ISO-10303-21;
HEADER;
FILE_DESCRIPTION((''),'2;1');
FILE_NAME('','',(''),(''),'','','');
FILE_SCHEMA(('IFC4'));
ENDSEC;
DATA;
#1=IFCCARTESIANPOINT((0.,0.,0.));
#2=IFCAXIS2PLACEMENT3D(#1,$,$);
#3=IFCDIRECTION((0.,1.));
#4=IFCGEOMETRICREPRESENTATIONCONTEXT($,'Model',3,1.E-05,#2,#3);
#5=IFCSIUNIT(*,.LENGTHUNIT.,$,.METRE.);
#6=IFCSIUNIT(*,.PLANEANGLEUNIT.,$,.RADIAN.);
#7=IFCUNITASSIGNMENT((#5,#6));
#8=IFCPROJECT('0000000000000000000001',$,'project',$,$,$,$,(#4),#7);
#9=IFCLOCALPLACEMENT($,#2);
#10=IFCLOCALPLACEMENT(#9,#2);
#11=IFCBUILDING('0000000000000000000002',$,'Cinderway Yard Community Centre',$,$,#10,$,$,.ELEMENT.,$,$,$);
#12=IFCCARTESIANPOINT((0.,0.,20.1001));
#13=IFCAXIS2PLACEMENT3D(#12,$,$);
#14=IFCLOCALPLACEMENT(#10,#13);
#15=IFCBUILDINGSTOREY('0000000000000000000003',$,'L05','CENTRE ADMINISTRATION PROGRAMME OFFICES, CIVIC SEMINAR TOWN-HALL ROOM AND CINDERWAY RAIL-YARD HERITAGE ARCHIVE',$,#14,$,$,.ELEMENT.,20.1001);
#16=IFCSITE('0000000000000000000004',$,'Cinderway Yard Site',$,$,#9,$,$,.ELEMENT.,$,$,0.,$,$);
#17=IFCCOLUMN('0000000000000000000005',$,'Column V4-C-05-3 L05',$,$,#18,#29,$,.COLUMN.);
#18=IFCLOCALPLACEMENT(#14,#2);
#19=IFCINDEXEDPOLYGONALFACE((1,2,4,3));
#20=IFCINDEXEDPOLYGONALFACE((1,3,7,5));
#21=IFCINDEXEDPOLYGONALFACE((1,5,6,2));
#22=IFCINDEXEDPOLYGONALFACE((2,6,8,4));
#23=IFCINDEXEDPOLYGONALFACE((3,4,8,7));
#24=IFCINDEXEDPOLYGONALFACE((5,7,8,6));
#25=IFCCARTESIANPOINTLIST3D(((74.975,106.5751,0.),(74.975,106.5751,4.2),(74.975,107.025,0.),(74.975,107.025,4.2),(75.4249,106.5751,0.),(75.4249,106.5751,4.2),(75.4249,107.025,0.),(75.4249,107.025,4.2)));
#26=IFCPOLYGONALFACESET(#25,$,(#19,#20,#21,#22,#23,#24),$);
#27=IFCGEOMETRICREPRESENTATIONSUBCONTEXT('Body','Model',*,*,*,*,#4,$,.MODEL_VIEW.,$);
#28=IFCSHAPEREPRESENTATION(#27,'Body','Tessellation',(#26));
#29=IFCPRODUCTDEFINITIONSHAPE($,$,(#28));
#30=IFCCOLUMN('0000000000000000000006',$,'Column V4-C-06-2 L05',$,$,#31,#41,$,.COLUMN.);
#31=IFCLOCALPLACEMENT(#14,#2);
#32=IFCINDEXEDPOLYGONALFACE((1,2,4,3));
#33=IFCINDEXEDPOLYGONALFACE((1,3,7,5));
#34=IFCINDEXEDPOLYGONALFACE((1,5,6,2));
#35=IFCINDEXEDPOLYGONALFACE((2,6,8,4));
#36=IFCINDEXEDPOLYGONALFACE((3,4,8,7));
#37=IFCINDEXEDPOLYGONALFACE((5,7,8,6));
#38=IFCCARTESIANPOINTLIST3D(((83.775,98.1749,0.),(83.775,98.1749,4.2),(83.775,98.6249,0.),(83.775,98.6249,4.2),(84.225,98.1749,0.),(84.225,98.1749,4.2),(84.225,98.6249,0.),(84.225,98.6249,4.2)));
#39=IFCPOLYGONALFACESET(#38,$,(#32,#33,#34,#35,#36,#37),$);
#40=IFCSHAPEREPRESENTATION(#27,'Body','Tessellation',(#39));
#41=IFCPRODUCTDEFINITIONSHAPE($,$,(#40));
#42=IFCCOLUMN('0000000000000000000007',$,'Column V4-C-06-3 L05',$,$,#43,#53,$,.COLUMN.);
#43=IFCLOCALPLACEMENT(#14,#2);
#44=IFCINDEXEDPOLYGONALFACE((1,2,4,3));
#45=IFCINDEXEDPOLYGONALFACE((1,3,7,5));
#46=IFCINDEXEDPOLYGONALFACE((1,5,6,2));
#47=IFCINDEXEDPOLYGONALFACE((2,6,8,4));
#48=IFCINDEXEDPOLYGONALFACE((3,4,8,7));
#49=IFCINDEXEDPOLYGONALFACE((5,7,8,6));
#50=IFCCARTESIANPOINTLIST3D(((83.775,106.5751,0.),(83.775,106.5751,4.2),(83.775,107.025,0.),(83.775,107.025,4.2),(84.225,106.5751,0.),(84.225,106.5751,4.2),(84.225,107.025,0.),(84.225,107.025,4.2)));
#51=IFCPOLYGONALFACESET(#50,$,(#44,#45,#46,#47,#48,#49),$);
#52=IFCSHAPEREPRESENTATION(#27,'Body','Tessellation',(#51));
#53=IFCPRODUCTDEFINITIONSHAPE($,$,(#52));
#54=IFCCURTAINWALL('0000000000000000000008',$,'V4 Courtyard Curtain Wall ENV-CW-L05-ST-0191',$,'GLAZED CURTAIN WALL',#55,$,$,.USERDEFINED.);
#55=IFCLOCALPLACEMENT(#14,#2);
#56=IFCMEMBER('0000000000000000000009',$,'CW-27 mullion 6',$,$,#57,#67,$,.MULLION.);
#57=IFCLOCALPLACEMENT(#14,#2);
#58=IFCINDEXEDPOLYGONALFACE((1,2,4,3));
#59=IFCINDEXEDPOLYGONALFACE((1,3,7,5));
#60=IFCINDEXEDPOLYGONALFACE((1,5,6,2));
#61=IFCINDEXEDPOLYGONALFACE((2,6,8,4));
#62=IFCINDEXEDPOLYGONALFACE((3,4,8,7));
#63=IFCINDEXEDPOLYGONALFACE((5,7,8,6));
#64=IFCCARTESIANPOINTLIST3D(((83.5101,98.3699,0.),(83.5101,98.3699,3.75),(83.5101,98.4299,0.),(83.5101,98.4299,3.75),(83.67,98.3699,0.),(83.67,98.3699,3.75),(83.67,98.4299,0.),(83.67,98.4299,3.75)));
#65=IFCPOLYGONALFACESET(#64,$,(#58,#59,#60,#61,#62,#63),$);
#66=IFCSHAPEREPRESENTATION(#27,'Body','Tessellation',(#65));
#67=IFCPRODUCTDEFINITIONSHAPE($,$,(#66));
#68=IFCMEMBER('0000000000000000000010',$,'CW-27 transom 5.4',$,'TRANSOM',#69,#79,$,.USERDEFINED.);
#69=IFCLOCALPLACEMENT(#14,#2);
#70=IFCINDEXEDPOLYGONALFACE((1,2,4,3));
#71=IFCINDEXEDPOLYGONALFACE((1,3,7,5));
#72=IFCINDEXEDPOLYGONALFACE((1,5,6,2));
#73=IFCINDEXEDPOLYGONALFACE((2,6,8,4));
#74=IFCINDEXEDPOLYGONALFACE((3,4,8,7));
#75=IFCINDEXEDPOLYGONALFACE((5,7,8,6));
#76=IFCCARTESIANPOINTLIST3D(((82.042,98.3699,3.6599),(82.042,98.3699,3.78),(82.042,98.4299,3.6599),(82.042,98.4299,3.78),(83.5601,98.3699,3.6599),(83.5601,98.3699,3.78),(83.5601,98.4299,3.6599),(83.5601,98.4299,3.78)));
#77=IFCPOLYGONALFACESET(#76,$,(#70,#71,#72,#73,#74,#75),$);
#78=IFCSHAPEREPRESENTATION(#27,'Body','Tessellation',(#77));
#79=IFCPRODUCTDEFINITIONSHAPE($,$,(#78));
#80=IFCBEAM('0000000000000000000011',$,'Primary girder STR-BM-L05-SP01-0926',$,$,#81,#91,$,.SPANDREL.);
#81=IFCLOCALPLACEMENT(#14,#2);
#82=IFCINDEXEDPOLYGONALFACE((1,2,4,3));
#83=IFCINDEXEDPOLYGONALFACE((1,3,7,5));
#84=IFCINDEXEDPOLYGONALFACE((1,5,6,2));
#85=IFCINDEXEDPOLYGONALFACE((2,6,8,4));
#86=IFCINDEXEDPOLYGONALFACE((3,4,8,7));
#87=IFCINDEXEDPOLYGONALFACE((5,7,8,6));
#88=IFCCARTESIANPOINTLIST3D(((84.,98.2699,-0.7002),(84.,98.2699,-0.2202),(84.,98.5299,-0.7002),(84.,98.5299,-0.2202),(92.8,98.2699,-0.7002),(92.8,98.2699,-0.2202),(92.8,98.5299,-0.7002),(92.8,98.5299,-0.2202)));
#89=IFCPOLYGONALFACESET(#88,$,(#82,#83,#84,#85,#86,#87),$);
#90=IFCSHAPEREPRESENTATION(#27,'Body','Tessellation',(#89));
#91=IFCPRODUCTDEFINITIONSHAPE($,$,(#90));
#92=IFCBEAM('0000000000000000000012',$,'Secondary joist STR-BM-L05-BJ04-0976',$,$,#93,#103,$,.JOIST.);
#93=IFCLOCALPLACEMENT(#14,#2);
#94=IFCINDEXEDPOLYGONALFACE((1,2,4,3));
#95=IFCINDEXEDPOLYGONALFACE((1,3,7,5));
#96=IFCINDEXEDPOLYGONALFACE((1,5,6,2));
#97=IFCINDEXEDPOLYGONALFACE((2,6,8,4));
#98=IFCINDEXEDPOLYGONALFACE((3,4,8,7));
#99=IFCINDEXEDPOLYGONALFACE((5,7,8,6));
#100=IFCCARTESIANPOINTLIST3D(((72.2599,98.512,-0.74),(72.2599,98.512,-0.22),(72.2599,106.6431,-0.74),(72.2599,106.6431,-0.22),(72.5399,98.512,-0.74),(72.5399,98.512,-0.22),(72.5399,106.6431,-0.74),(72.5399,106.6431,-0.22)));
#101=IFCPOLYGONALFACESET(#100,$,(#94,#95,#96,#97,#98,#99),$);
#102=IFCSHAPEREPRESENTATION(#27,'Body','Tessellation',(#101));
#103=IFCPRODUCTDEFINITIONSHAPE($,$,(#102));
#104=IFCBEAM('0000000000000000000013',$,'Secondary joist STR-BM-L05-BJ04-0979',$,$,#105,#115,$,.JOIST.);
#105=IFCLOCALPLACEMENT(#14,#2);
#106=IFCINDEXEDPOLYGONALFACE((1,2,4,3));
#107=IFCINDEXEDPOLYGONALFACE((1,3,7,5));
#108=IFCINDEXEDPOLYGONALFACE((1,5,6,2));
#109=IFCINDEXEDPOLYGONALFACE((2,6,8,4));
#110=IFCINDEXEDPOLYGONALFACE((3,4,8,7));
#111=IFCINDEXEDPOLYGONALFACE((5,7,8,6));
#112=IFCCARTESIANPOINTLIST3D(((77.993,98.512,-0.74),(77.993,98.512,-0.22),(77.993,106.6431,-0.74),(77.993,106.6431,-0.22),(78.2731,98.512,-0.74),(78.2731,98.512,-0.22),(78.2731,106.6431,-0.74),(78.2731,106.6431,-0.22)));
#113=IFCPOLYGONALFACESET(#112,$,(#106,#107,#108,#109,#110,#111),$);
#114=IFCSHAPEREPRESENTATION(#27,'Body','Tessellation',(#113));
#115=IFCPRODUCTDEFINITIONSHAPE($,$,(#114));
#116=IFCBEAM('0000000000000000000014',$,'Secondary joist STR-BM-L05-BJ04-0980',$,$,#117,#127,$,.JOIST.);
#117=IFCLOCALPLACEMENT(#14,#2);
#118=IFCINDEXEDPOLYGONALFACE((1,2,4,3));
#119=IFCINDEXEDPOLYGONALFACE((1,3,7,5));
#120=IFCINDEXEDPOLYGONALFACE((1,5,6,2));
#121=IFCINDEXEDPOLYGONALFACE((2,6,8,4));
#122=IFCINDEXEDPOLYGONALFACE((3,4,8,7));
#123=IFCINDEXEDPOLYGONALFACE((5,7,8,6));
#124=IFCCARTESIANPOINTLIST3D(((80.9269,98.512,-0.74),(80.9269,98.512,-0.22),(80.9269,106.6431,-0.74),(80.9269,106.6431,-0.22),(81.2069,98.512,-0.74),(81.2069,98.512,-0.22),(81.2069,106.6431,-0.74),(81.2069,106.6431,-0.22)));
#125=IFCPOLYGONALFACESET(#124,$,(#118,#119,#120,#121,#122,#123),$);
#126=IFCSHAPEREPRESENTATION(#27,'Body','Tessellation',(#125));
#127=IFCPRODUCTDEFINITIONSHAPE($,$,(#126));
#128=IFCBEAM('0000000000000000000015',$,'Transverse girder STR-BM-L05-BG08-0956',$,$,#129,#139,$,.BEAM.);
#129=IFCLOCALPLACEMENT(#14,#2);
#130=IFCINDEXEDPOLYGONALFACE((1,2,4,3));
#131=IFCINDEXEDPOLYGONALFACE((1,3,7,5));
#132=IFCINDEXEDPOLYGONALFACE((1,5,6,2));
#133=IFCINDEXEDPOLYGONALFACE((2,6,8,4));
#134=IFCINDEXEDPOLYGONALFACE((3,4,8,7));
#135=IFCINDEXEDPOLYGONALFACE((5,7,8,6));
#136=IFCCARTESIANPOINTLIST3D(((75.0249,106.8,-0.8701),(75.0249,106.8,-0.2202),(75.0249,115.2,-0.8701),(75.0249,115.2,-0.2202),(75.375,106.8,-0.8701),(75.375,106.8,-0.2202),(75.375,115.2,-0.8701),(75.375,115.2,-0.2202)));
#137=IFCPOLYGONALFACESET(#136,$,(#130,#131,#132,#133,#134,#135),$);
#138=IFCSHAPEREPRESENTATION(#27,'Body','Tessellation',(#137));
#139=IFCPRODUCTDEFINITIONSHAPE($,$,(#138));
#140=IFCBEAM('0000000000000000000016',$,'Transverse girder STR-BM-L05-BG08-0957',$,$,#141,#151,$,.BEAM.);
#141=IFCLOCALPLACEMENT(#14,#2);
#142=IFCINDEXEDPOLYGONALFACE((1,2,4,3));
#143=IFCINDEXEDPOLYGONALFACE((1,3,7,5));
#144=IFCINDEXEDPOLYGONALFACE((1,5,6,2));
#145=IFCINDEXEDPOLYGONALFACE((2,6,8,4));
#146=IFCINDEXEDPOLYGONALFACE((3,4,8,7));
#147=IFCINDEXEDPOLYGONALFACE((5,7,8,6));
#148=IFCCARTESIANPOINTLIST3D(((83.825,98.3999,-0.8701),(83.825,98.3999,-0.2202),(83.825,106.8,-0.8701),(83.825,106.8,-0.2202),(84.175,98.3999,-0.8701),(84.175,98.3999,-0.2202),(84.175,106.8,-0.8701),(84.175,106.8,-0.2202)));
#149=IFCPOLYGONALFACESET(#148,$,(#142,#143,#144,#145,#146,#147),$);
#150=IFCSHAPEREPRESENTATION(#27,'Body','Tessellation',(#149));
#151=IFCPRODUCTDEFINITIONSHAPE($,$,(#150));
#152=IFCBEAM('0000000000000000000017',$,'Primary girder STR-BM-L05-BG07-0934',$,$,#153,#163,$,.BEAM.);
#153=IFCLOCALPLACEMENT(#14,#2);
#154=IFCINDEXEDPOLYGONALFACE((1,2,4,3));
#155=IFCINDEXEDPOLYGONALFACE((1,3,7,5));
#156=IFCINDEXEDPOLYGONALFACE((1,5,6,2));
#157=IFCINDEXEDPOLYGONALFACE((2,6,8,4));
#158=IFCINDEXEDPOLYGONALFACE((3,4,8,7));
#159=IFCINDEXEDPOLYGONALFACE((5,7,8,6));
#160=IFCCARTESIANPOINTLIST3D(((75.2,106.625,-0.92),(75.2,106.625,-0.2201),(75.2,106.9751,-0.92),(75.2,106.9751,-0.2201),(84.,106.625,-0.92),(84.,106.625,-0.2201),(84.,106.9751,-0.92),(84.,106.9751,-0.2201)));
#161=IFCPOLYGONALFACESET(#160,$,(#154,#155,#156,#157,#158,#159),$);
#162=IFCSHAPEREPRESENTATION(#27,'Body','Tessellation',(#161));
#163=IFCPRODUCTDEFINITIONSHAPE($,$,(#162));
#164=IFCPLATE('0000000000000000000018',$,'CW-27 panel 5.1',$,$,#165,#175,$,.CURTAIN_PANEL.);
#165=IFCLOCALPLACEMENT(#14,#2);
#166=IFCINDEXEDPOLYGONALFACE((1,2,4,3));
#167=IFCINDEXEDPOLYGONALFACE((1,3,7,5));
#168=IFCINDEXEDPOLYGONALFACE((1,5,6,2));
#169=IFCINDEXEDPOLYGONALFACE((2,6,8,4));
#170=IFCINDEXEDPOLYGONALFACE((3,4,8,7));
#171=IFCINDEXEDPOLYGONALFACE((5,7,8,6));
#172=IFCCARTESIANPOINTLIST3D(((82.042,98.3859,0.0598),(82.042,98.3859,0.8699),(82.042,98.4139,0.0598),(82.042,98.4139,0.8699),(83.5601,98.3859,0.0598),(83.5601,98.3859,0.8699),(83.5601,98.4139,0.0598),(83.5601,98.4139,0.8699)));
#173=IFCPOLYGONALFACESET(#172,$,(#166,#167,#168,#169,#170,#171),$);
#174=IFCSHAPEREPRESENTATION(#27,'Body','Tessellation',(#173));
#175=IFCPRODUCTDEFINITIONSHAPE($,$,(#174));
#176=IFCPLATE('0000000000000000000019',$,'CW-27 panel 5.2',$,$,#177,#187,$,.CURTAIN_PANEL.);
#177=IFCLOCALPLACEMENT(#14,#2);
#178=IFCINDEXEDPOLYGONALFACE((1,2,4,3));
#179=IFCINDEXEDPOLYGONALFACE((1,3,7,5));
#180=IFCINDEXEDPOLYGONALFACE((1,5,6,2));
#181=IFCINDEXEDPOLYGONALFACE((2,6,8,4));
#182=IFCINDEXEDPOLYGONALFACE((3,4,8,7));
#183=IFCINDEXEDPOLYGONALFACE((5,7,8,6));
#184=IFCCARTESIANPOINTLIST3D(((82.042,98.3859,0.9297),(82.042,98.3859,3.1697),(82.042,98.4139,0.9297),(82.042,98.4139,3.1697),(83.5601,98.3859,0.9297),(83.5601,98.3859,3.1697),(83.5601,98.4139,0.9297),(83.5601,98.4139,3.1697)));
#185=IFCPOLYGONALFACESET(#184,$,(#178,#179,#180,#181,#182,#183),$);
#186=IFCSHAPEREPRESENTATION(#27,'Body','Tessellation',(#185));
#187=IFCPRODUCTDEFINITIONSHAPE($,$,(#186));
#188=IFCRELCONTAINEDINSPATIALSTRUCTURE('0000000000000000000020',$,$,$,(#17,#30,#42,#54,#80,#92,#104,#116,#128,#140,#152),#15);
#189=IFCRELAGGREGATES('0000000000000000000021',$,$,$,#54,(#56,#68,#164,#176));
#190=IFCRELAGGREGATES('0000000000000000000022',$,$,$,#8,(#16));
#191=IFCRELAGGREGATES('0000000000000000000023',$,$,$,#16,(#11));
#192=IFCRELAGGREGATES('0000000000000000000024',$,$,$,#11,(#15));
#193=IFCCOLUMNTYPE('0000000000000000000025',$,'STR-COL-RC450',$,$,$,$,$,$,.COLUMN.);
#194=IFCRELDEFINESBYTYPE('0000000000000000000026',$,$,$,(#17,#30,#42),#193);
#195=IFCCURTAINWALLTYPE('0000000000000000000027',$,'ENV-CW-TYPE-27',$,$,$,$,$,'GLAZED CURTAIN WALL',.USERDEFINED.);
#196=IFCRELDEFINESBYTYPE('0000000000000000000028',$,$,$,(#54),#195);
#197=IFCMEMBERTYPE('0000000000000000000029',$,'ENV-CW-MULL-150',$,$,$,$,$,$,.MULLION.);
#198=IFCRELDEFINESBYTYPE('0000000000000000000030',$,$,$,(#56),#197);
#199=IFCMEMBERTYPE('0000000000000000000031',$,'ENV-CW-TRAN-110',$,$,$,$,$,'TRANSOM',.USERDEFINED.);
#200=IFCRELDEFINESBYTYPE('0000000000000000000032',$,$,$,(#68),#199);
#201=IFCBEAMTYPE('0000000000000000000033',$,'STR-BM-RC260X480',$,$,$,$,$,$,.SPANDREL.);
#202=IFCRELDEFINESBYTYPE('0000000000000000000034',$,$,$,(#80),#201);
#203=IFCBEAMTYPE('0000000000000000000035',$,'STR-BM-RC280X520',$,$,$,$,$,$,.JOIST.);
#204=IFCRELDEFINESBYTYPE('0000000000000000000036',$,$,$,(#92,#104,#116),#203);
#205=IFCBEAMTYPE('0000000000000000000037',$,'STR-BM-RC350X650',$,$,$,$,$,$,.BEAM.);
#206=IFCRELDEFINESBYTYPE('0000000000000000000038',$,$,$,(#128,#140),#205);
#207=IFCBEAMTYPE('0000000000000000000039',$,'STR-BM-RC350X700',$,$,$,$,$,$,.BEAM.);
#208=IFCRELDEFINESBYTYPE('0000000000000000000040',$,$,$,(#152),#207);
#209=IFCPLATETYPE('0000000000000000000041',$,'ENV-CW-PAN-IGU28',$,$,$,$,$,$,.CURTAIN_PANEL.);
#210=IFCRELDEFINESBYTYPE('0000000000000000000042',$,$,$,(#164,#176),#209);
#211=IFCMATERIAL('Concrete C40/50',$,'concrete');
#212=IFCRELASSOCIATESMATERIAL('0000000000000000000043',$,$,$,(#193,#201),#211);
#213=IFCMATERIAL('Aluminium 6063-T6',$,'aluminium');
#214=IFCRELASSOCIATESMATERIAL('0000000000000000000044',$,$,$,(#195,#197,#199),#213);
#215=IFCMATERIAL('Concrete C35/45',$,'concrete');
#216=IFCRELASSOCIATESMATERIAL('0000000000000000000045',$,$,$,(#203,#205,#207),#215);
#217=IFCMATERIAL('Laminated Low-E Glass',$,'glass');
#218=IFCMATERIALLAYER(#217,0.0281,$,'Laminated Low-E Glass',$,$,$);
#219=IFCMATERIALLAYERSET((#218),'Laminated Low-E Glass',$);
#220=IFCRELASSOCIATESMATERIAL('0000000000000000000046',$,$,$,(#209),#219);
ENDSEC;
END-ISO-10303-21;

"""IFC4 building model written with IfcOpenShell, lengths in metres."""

from ifc_helpers import new_model, si_unit, direction, frame, origin, origin_2d, place, context, subcontext, project, spatial, rectangle, extrude, material, layer, layer_set, material_profile, profile_set, type_object, element, aggregate, save


model = new_model("IFC4")

# Units and contexts
model_context = context("Model", 3, precision=1e-05, world=origin(), true_north=direction((0.0, 1.0)))
body_context = subcontext(model_context, "Body", "Model", "MODEL_VIEW")
ifc_project = project(units=[si_unit("LENGTHUNIT", "METRE"), si_unit("PLANEANGLEUNIT", "RADIAN")], contexts=[model_context])

# Site, building, storey
site_placement = place(None, origin())
site = spatial("IfcSite", under=ifc_project, at=site_placement, Name="Cinderway Yard Site", CompositionType="ELEMENT", RefElevation=0.0)
building_placement = place(site_placement, origin())
building = spatial("IfcBuilding", under=site, at=building_placement, Name="Cinderway Yard Community Centre", CompositionType="ELEMENT")
storey_placement = place(building_placement, frame((0.0, 0.0, 20.1001)))
storey = spatial("IfcBuildingStorey", under=building, at=storey_placement, Name="L05", Description="CENTRE ADMINISTRATION PROGRAMME OFFICES, CIVIC SEMINAR TOWN-HALL ROOM AND CINDERWAY RAIL-YARD HERITAGE ARCHIVE", CompositionType="ELEMENT", Elevation=20.1001)

# Columns
ifc_material_1 = material(Name="Concrete C40/50", Category="concrete")
ifc_material_profile_1 = material_profile(ifc_material_1, rectangle(XDim=0.45, YDim=0.45, at=origin_2d()), Name="Concrete C40/50")
ifc_profile_set_1 = profile_set([ifc_material_profile_1], Name="Concrete C40/50")
column_type = type_object("IfcColumnType", Name="STR-COL-RC450", PredefinedType="COLUMN", material=ifc_profile_set_1)
for number, where, z_axis, x_axis, name in (
    (1, (75.2, 106.8, 0.0), (0.0, 0.0, 1.0), (1.0, 0.0, 0.0), "Column V4-C-05-3 L05"),
    (2, (84.0, 98.3999, 0.0), (0.0, 0.0, 1.0), (1.0, 0.0, 0.0), "Column V4-C-06-2 L05"),
    (3, (84.0, 106.8, 0.0), (0.0, 0.0, 1.0), (1.0, 0.0, 0.0), "Column V4-C-06-3 L05"),
):
    element("IfcColumn", number, at=place(storey_placement, frame(where, z_axis=z_axis, x_axis=x_axis)), inside=storey, type_object=column_type, Name=name, PredefinedType="COLUMN", context=body_context, shape_type="SweptSolid", body=[
        extrude(rectangle(XDim=0.45, YDim=0.45, at=origin_2d()), origin(), (0.0, 0.0, 1.0), 4.2),
    ])

# Curtain wall, members
ifc_material_2 = material(Name="Aluminium 6063-T6", Category="aluminium")
curtain_wall_type = type_object("IfcCurtainWallType", Name="ENV-CW-TYPE-27", ElementType="GLAZED CURTAIN WALL", PredefinedType="USERDEFINED", material=ifc_material_2)
curtain_wall_placement = place(storey_placement, origin())
curtain_wall = element("IfcCurtainWall", 4, at=curtain_wall_placement, inside=storey, type_object=curtain_wall_type, Name="V4 Courtyard Curtain Wall ENV-CW-L05-ST-0191", ObjectType="GLAZED CURTAIN WALL", PredefinedType="USERDEFINED")
ifc_material_profile_2 = material_profile(ifc_material_2, rectangle(XDim=0.0601, YDim=0.1599, at=origin_2d()), Name="Aluminium 6063-T6")
ifc_profile_set_2 = profile_set([ifc_material_profile_2], Name="Aluminium 6063-T6")
member_type_1 = type_object("IfcMemberType", Name="ENV-CW-MULL-150", PredefinedType="MULLION", material=ifc_profile_set_2)
member_1_placement = place(storey_placement, frame((83.5901, 98.3999, 0.0), z_axis=(0.0, 0.0, 1.0), x_axis=(0.0, 1.0, 0.0)))
member_1 = element("IfcMember", 5, at=member_1_placement, type_object=member_type_1, Name="CW-27 mullion 6", PredefinedType="MULLION", context=body_context, shape_type="SweptSolid", body=[
    extrude(rectangle(XDim=0.0601, YDim=0.1599, at=origin_2d()), origin(), (0.0, 0.0, 1.0), 3.75),
])
ifc_material_profile_3 = material_profile(ifc_material_2, rectangle(XDim=0.0601, YDim=0.1201, at=origin_2d()), Name="Aluminium 6063-T6")
ifc_profile_set_3 = profile_set([ifc_material_profile_3], Name="Aluminium 6063-T6")
member_type_2 = type_object("IfcMemberType", Name="ENV-CW-TRAN-110", ElementType="TRANSOM", PredefinedType="USERDEFINED", material=ifc_profile_set_3)
member_2_placement = place(storey_placement, frame((82.042, 98.3999, 3.72), z_axis=(1.0, 0.0, 0.0), x_axis=(0.0, 1.0, 0.0)))
member_2 = element("IfcMember", 6, at=member_2_placement, type_object=member_type_2, Name="CW-27 transom 5.4", ObjectType="TRANSOM", PredefinedType="USERDEFINED", context=body_context, shape_type="SweptSolid", body=[
    extrude(rectangle(XDim=0.0601, YDim=0.1201, at=origin_2d()), origin(), (0.0, 0.0, 1.0), 1.5181),
])

# Beams
ifc_material_profile_4 = material_profile(ifc_material_1, rectangle(XDim=0.26, YDim=0.48, at=origin_2d()), Name="Concrete C40/50")
ifc_profile_set_4 = profile_set([ifc_material_profile_4], Name="Concrete C40/50")
beam_type_1 = type_object("IfcBeamType", Name="STR-BM-RC260X480", PredefinedType="SPANDREL", material=ifc_profile_set_4)
beam_1_placement = place(storey_placement, frame((84.0, 98.3999, -0.4602), z_axis=(1.0, 0.0, 0.0), x_axis=(0.0, 1.0, 0.0)))
element("IfcBeam", 7, at=beam_1_placement, inside=storey, type_object=beam_type_1, Name="Primary girder STR-BM-L05-SP01-0926", PredefinedType="SPANDREL", context=body_context, shape_type="SweptSolid", body=[
    extrude(rectangle(XDim=0.26, YDim=0.48, at=origin_2d()), origin(), (0.0, 0.0, 1.0), 8.8),
])
ifc_material_3 = material(Name="Concrete C35/45", Category="concrete")
ifc_material_profile_5 = material_profile(ifc_material_3, rectangle(XDim=0.28, YDim=0.52, at=origin_2d()), Name="Concrete C35/45")
ifc_profile_set_5 = profile_set([ifc_material_profile_5], Name="Concrete C35/45")
beam_type_2 = type_object("IfcBeamType", Name="STR-BM-RC280X520", PredefinedType="JOIST", material=ifc_profile_set_5)
for number, where, z_axis, x_axis, name in (
    (8, (72.3999, 98.512, -0.48), (0.0, 1.0, 0.0), (-1.0, 0.0, 0.0), "Secondary joist STR-BM-L05-BJ04-0976"),
    (9, (78.1331, 98.512, -0.48), (0.0, 1.0, 0.0), (-1.0, 0.0, 0.0), "Secondary joist STR-BM-L05-BJ04-0979"),
    (10, (81.0669, 98.512, -0.48), (0.0, 1.0, 0.0), (-1.0, 0.0, 0.0), "Secondary joist STR-BM-L05-BJ04-0980"),
):
    element("IfcBeam", number, at=place(storey_placement, frame(where, z_axis=z_axis, x_axis=x_axis)), inside=storey, type_object=beam_type_2, Name=name, PredefinedType="JOIST", context=body_context, shape_type="SweptSolid", body=[
        extrude(rectangle(XDim=0.28, YDim=0.52, at=origin_2d()), origin(), (0.0, 0.0, 1.0), 8.1311),
    ])
ifc_material_profile_6 = material_profile(ifc_material_3, rectangle(XDim=0.3501, YDim=0.6499, at=origin_2d()), Name="Concrete C35/45")
ifc_profile_set_6 = profile_set([ifc_material_profile_6], Name="Concrete C35/45")
beam_type_3 = type_object("IfcBeamType", Name="STR-BM-RC350X650", PredefinedType="BEAM", material=ifc_profile_set_6)
beam_2_placement = place(storey_placement, frame((75.2, 106.8, -0.5452), z_axis=(0.0, 1.0, 0.0), x_axis=(-1.0, 0.0, 0.0)))
element("IfcBeam", 11, at=beam_2_placement, inside=storey, type_object=beam_type_3, Name="Transverse girder STR-BM-L05-BG08-0956", PredefinedType="BEAM", context=body_context, shape_type="SweptSolid", body=[
    extrude(rectangle(XDim=0.3501, YDim=0.6499, at=origin_2d()), origin(), (0.0, 0.0, 1.0), 8.3999),
])
beam_3_placement = place(storey_placement, frame((84.0, 98.3999, -0.5452), z_axis=(0.0, 1.0, 0.0), x_axis=(-1.0, 0.0, 0.0)))
element("IfcBeam", 12, at=beam_3_placement, inside=storey, type_object=beam_type_3, Name="Transverse girder STR-BM-L05-BG08-0957", PredefinedType="BEAM", context=body_context, shape_type="SweptSolid", body=[
    extrude(rectangle(XDim=0.3501, YDim=0.6499, at=origin_2d()), origin(), (0.0, 0.0, 1.0), 8.4001),
])
ifc_material_profile_7 = material_profile(ifc_material_3, rectangle(XDim=0.3501, YDim=0.7, at=origin_2d()), Name="Concrete C35/45")
ifc_profile_set_7 = profile_set([ifc_material_profile_7], Name="Concrete C35/45")
beam_type_4 = type_object("IfcBeamType", Name="STR-BM-RC350X700", PredefinedType="BEAM", material=ifc_profile_set_7)
beam_4_placement = place(storey_placement, frame((75.2, 106.8, -0.5701), z_axis=(1.0, 0.0, 0.0), x_axis=(0.0, 1.0, 0.0)))
element("IfcBeam", 13, at=beam_4_placement, inside=storey, type_object=beam_type_4, Name="Primary girder STR-BM-L05-BG07-0934", PredefinedType="BEAM", context=body_context, shape_type="SweptSolid", body=[
    extrude(rectangle(XDim=0.3501, YDim=0.7, at=origin_2d()), origin(), (0.0, 0.0, 1.0), 8.8),
])

# Plates
ifc_material_4 = material(Name="Laminated Low-E Glass", Category="glass")
ifc_layer_1 = layer(ifc_material_4, 0.0281, Name="Laminated Low-E Glass")
ifc_layer_set_1 = layer_set([ifc_layer_1], Name="Laminated Low-E Glass")
plate_type = type_object("IfcPlateType", Name="ENV-CW-PAN-IGU28", PredefinedType="CURTAIN_PANEL", material=ifc_layer_set_1)
plate_1_placement = place(storey_placement, frame((82.801, 98.3999, 0.0598), z_axis=(0.0, 0.0, 1.0), x_axis=(1.0, 0.0, 0.0)))
plate_1 = element("IfcPlate", 14, at=plate_1_placement, type_object=plate_type, Name="CW-27 panel 5.1", PredefinedType="CURTAIN_PANEL", context=body_context, shape_type="SweptSolid", body=[
    extrude(rectangle(XDim=1.5181, YDim=0.0281, at=origin_2d()), origin(), (0.0, 0.0, 1.0), 0.8101),
])
plate_2_placement = place(storey_placement, frame((82.801, 98.3999, 0.9297), z_axis=(0.0, 0.0, 1.0), x_axis=(1.0, 0.0, 0.0)))
plate_2 = element("IfcPlate", 15, at=plate_2_placement, type_object=plate_type, Name="CW-27 panel 5.2", PredefinedType="CURTAIN_PANEL", context=body_context, shape_type="SweptSolid", body=[
    extrude(rectangle(XDim=1.5181, YDim=0.0281, at=origin_2d()), origin(), (0.0, 0.0, 1.0), 2.24),
])
aggregate(curtain_wall, [member_1, member_2, plate_1, plate_2])

save(model, "model.ifc")
